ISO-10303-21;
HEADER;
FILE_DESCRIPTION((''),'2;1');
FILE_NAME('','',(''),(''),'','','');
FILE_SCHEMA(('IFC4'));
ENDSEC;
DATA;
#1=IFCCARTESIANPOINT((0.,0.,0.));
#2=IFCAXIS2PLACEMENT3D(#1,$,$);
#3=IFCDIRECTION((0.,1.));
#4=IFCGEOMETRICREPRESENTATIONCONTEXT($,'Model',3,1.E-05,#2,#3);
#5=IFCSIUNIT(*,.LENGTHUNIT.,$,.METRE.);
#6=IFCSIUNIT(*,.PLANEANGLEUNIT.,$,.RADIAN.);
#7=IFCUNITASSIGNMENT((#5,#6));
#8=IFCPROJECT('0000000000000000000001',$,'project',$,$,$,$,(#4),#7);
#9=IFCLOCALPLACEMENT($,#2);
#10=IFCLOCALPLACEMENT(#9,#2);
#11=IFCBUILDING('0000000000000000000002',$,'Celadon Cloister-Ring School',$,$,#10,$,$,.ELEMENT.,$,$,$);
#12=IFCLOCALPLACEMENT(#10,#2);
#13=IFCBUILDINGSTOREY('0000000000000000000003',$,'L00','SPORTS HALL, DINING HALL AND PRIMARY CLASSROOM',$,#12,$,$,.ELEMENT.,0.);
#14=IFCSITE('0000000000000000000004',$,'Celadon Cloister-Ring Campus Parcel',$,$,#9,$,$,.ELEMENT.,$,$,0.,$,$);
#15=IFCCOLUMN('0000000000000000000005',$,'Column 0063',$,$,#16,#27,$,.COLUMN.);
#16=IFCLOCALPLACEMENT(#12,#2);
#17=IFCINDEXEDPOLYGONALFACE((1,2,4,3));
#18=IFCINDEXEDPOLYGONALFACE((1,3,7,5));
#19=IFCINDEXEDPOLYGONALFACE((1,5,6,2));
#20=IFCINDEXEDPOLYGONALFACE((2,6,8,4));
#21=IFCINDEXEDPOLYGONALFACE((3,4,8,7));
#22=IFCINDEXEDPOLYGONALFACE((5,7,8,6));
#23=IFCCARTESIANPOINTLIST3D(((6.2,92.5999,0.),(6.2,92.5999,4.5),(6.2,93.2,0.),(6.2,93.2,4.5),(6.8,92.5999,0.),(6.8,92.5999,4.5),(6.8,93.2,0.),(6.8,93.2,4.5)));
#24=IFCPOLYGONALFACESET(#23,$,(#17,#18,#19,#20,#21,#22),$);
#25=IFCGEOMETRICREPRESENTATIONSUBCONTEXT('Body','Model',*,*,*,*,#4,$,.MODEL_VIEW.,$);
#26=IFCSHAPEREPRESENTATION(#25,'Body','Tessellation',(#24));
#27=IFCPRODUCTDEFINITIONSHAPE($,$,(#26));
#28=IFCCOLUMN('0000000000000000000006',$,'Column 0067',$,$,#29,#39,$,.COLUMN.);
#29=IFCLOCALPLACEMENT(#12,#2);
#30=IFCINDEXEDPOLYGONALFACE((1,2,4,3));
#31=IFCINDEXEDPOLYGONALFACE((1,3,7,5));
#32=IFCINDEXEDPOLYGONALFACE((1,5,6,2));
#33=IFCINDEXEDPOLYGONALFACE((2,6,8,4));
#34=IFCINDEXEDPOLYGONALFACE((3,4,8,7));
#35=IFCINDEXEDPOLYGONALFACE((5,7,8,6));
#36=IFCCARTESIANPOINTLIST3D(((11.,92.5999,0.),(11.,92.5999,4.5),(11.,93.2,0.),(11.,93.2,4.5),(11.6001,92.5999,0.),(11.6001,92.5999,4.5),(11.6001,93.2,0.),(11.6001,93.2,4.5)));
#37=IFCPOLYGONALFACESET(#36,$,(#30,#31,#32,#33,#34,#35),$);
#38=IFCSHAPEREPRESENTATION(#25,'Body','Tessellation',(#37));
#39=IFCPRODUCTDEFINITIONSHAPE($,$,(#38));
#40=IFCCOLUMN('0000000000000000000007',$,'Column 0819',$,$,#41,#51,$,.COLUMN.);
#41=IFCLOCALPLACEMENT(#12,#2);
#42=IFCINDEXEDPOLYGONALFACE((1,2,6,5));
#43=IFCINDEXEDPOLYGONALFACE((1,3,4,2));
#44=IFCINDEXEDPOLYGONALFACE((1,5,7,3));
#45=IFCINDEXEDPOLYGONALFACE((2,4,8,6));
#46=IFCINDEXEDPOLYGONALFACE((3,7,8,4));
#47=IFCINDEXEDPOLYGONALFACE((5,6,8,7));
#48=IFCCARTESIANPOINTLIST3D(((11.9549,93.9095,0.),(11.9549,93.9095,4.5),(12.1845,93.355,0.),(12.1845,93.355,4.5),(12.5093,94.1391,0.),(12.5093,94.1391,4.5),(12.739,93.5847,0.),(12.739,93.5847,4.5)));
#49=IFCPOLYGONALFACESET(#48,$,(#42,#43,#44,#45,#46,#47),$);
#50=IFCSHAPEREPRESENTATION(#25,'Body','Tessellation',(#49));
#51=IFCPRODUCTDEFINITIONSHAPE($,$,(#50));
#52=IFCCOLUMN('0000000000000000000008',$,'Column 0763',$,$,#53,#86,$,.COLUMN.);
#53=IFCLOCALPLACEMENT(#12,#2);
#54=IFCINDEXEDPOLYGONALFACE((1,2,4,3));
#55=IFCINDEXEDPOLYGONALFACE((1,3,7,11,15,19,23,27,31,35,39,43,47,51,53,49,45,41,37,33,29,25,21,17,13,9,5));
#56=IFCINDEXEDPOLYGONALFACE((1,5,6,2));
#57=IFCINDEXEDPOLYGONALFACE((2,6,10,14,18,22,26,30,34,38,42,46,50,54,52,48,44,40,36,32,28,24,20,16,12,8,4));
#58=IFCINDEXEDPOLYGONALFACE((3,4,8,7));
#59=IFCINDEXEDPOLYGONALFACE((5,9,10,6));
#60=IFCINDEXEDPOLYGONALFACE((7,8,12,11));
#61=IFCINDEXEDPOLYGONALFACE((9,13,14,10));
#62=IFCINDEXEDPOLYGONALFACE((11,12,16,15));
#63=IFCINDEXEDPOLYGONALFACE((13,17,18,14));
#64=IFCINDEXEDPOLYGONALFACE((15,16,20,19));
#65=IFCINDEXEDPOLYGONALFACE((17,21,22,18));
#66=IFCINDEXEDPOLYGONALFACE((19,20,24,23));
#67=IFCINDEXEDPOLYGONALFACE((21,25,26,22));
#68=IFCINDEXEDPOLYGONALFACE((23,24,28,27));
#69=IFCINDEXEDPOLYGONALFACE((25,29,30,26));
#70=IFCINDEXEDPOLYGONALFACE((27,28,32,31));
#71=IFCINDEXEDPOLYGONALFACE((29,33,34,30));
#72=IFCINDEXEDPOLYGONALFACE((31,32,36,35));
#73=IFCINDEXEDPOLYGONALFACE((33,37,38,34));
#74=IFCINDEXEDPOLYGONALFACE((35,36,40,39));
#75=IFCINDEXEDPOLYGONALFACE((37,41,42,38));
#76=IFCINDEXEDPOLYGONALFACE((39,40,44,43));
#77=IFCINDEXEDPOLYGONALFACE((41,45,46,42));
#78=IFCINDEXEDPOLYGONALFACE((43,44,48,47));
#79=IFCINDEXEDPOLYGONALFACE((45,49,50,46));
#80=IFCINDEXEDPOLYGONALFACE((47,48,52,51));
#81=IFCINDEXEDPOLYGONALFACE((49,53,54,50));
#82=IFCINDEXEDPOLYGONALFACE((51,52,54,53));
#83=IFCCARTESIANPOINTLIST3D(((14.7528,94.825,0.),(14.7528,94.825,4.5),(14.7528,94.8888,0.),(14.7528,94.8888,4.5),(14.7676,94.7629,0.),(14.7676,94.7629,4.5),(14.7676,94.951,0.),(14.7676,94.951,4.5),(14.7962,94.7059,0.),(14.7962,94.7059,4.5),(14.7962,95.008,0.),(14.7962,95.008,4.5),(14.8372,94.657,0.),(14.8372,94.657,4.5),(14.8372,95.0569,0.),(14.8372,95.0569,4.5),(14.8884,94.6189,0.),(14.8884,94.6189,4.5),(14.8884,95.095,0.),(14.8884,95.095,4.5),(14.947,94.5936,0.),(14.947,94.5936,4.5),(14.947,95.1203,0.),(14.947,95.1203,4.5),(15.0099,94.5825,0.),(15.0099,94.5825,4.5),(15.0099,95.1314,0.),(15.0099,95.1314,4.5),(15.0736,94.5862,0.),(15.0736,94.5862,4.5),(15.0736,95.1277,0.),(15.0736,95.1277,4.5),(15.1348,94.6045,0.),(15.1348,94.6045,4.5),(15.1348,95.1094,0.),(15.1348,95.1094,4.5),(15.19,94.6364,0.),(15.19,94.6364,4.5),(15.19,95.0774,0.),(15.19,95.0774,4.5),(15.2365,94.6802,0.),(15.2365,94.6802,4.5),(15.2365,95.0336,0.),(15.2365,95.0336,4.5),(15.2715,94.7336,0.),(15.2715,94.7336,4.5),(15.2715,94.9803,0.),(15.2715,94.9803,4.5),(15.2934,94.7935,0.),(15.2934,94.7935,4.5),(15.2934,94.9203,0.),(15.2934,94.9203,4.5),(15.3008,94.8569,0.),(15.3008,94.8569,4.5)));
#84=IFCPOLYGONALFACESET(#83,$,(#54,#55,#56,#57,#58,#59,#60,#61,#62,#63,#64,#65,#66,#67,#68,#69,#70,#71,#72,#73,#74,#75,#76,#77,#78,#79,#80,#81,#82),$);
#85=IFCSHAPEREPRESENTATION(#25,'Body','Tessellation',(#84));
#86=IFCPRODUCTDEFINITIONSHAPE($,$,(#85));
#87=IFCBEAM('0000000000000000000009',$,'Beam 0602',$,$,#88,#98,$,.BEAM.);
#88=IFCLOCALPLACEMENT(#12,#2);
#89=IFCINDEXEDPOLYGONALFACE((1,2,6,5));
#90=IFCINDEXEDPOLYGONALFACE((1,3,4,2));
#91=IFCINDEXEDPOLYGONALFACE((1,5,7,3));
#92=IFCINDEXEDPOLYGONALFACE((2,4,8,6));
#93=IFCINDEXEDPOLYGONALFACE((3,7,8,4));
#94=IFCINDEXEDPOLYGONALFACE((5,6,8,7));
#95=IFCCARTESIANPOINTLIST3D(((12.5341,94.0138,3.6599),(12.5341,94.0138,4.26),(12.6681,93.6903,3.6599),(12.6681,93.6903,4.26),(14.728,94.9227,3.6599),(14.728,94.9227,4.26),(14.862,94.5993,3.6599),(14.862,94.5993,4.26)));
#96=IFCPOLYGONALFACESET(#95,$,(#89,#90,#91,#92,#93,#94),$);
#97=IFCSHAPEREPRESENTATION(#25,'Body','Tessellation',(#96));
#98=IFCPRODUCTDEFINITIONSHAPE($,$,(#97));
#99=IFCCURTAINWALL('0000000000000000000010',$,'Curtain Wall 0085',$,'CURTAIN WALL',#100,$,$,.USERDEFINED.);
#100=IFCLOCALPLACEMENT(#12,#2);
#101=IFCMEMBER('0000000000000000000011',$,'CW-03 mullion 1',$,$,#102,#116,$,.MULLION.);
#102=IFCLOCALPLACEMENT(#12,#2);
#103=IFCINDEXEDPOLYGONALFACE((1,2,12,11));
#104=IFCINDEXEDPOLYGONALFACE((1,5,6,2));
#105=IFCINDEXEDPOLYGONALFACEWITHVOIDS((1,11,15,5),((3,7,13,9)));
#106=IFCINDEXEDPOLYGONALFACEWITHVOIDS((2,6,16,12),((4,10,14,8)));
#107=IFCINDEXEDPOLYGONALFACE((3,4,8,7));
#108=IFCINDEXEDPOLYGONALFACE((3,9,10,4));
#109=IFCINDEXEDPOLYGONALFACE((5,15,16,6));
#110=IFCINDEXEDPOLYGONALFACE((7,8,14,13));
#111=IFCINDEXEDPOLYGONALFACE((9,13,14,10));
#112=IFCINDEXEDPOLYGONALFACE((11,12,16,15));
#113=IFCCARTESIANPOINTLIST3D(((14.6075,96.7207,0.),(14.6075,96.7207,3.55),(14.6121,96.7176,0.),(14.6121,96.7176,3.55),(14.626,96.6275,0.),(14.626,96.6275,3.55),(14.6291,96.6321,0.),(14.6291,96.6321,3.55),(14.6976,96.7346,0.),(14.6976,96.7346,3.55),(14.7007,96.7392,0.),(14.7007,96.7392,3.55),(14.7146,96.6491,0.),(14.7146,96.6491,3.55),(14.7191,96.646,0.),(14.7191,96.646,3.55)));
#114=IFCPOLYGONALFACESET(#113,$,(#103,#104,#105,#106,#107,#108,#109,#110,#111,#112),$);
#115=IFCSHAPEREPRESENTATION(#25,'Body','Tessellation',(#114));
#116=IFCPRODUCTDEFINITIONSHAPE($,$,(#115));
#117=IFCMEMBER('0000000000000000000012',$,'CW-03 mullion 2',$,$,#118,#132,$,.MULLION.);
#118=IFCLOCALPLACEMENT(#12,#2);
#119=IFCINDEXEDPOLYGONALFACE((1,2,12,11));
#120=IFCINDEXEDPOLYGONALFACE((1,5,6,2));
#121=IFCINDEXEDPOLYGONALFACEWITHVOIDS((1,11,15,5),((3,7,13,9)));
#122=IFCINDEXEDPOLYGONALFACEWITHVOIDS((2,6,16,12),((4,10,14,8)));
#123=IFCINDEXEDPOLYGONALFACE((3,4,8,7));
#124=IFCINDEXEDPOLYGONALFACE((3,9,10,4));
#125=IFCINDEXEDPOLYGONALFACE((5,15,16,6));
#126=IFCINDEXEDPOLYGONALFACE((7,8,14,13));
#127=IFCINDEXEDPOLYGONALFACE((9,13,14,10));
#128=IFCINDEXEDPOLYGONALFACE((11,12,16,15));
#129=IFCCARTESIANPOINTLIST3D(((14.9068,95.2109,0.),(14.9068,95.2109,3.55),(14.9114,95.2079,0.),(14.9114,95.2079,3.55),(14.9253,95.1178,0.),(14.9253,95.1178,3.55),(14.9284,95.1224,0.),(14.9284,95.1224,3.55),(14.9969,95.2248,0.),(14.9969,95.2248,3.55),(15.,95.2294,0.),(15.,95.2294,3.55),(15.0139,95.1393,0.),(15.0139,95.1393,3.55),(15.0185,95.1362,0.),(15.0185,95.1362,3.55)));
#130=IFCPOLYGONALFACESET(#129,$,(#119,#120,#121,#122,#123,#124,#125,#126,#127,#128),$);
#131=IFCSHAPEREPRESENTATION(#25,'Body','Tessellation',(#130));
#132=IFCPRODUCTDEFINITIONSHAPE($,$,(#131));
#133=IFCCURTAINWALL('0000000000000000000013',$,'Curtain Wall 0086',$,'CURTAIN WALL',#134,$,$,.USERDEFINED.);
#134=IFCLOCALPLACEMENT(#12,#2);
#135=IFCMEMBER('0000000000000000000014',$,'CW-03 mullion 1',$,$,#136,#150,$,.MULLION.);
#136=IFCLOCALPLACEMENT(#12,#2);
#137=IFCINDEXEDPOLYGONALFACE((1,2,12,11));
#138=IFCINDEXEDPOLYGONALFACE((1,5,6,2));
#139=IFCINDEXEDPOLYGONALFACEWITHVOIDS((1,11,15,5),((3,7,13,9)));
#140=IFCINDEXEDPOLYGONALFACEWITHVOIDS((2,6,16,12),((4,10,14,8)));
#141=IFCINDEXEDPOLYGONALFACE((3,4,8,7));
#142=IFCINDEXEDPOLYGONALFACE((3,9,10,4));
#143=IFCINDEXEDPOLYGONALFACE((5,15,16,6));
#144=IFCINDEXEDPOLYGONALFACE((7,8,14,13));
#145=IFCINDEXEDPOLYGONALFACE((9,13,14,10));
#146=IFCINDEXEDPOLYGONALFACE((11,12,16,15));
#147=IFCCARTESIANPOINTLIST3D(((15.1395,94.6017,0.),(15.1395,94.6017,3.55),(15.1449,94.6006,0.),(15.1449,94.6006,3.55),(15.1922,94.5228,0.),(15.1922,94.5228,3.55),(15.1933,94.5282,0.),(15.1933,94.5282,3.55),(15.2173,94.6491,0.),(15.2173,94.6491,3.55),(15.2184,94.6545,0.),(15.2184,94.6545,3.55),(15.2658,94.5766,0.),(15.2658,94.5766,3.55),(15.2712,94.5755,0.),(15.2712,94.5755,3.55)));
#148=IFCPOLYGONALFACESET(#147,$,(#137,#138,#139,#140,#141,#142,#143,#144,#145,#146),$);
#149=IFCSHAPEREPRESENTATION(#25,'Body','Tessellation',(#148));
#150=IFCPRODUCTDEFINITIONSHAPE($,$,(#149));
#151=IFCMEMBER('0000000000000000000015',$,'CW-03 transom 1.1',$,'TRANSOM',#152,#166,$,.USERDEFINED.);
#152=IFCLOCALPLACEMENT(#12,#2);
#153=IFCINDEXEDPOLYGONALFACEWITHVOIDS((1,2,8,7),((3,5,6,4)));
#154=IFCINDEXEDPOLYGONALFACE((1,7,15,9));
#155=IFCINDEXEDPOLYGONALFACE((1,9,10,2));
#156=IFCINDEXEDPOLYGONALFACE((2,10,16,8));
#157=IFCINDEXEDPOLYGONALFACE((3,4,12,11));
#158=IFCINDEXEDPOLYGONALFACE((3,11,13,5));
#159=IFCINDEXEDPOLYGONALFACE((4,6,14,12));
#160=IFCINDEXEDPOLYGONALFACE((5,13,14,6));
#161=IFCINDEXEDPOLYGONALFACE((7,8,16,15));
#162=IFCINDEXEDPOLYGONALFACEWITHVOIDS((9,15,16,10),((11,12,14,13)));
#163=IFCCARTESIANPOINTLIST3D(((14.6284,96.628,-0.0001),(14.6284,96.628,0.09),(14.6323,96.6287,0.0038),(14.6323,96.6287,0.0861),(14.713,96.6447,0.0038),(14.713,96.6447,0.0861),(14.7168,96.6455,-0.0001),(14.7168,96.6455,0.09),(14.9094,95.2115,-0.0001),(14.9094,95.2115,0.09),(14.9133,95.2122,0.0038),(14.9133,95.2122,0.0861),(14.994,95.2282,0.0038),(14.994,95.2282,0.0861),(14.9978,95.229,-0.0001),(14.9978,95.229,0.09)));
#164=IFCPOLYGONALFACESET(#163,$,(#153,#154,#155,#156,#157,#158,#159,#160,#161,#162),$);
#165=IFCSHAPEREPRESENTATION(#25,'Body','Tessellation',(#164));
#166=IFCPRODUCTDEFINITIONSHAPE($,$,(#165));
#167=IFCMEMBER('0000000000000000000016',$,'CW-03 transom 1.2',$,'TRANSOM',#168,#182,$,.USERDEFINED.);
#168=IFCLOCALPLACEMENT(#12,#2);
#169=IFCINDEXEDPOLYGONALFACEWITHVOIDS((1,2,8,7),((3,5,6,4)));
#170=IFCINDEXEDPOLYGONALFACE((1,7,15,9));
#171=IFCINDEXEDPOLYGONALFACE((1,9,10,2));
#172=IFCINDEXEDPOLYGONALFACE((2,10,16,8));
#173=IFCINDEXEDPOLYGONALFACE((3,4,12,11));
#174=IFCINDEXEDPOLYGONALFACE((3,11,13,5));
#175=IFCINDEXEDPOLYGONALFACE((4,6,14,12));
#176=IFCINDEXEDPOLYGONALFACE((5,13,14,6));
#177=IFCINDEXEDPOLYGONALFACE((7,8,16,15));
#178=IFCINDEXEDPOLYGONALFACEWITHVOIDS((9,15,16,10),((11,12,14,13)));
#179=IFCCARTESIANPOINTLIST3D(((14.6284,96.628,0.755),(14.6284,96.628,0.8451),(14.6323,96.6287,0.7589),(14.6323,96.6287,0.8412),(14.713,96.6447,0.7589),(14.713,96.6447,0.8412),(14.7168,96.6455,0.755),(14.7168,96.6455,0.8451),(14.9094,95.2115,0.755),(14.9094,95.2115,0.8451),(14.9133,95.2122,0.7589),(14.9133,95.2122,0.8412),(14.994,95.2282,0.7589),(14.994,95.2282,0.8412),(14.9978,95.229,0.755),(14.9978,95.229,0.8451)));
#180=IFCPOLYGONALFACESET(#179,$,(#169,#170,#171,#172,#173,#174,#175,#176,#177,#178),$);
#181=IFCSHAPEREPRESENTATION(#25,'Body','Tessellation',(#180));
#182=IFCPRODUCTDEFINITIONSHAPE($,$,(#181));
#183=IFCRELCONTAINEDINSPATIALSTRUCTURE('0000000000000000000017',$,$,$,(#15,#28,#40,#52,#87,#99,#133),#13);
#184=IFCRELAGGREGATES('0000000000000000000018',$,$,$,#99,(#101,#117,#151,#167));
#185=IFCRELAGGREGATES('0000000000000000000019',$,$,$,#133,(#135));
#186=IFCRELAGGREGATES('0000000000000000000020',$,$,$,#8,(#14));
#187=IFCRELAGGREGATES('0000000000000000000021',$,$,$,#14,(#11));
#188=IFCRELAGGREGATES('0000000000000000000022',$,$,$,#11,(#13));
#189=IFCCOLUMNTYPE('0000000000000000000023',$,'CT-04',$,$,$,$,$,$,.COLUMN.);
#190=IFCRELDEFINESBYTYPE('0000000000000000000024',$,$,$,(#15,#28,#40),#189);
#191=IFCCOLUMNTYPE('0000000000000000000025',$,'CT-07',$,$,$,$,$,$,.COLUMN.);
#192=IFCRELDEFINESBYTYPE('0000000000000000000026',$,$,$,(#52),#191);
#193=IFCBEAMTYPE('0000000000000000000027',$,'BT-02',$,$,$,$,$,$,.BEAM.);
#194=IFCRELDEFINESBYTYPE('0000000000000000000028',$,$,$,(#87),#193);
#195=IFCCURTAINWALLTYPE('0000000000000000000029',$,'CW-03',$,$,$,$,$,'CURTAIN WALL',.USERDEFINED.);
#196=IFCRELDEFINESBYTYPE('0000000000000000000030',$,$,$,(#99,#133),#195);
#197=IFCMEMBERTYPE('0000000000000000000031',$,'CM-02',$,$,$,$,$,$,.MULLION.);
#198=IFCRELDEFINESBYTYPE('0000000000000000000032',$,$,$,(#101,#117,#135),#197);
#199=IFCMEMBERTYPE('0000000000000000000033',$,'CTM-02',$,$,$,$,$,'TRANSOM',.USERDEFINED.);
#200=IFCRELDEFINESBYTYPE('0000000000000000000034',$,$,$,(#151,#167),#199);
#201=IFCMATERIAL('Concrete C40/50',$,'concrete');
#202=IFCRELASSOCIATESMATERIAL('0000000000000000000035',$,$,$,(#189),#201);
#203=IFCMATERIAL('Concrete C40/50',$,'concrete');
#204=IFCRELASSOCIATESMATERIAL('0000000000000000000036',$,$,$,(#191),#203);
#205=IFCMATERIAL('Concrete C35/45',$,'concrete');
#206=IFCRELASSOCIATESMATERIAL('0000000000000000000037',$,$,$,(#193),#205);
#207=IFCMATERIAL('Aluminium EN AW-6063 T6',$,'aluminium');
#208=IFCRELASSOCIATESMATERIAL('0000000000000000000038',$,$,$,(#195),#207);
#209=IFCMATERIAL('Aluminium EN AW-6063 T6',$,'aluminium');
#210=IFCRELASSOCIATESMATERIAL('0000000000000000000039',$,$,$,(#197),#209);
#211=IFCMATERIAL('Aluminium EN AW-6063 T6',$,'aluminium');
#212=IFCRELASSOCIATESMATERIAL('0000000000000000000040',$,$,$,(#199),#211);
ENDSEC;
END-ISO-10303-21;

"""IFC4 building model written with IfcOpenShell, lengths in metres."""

from ifc_helpers import new_model, si_unit, direction, frame, origin, origin_2d, place, context, subcontext, project, spatial, rectangle, hollow_rectangle, circle, extrude, material, material_profile, profile_set, type_object, element, aggregate, save


model = new_model("IFC4")

# Units and contexts
model_context = context("Model", 3, precision=1e-05, world=origin(), true_north=direction((0.0, 1.0)))
body_context = subcontext(model_context, "Body", "Model", "MODEL_VIEW")
ifc_project = project(units=[si_unit("LENGTHUNIT", "METRE"), si_unit("PLANEANGLEUNIT", "RADIAN")], contexts=[model_context])

# Site, building, storey
site_placement = place(None, origin())
site = spatial("IfcSite", under=ifc_project, at=site_placement, Name="Celadon Cloister-Ring Campus Parcel", CompositionType="ELEMENT", RefElevation=0.0)
building_placement = place(site_placement, origin())
building = spatial("IfcBuilding", under=site, at=building_placement, Name="Celadon Cloister-Ring School", CompositionType="ELEMENT")
storey_placement = place(building_placement, origin())
storey = spatial("IfcBuildingStorey", under=building, at=storey_placement, Name="L00", Description="SPORTS HALL, DINING HALL AND PRIMARY CLASSROOM", CompositionType="ELEMENT", Elevation=0.0)

# Columns
ifc_material_1 = material(Name="Concrete C40/50", Category="concrete")
ifc_material_profile_1 = material_profile(ifc_material_1, rectangle(XDim=0.6001, YDim=0.6001, at=origin_2d()), Name="RC600X600")
ifc_profile_set_1 = profile_set([ifc_material_profile_1], Name="Concrete C40/50")
column_type_1 = type_object("IfcColumnType", Name="CT-04", PredefinedType="COLUMN", material=ifc_profile_set_1)
for number, where, z_axis, x_axis, name in (
    (1, (6.5, 92.8999, 0.0), (0.0, 0.0, 1.0), (1.0, 0.0, 0.0), "Column 0063"),
    (2, (11.3, 92.8999, 0.0), (0.0, 0.0, 1.0), (1.0, 0.0, 0.0), "Column 0067"),
    (3, (12.3469, 93.7471, 0.0), (0.0, 0.0, 1.0), (-0.92388, -0.382683, 0.0), "Column 0819"),
):
    element("IfcColumn", number, at=place(storey_placement, frame(where, z_axis=z_axis, x_axis=x_axis)), inside=storey, type_object=column_type_1, Name=name, PredefinedType="COLUMN", context=body_context, shape_type="SweptSolid", body=[
        extrude(rectangle(XDim=0.6001, YDim=0.6001, at=origin_2d()), origin(), (0.0, 0.0, 1.0), 4.5),
    ])
ifc_material_2 = material(Name="Concrete C40/50", Category="concrete")
ifc_material_profile_2 = material_profile(ifc_material_2, circle(Radius=0.2749, at=origin_2d()), Name="CIRC550")
ifc_profile_set_2 = profile_set([ifc_material_profile_2], Name="Concrete C40/50")
column_type_2 = type_object("IfcColumnType", Name="CT-07", PredefinedType="COLUMN", material=ifc_profile_set_2)
column_placement = place(storey_placement, frame((15.0259, 94.8569, 0.0), z_axis=(0.0, 0.0, 1.0), x_axis=(1.0, 0.0, 0.0)))
element("IfcColumn", 4, at=column_placement, inside=storey, type_object=column_type_2, Name="Column 0763", PredefinedType="COLUMN", context=body_context, shape_type="SweptSolid", body=[
    extrude(circle(Radius=0.2749, at=origin_2d()), origin(), (0.0, 0.0, 1.0), 4.5),
])

# Beam
ifc_material_3 = material(Name="Concrete C35/45", Category="concrete")
ifc_material_profile_3 = material_profile(ifc_material_3, rectangle(XDim=0.3501, YDim=0.6001, at=origin_2d()), Name="RC350X600")
ifc_profile_set_3 = profile_set([ifc_material_profile_3], Name="Concrete C35/45")
beam_type_1 = type_object("IfcBeamType", Name="BT-02", PredefinedType="BEAM", material=ifc_profile_set_3)
beam_1_placement = place(storey_placement, frame((12.6011, 93.8521, 3.96), z_axis=(0.923848, 0.38276, 0.0), x_axis=(-0.38276, 0.923848, 0.0)))
element("IfcBeam", 5, at=beam_1_placement, inside=storey, type_object=beam_type_1, Name="Beam 0602", PredefinedType="BEAM", context=body_context, shape_type="SweptSolid", body=[
    extrude(rectangle(XDim=0.3501, YDim=0.6001, at=origin_2d()), origin(), (0.0, 0.0, 1.0), 2.3748),
])

# Curtain wall, members
ifc_material_4 = material(Name="Aluminium EN AW-6063 T6", Category="aluminium")
curtain_wall_type = type_object("IfcCurtainWallType", Name="CW-03", ElementType="CURTAIN WALL", PredefinedType="USERDEFINED", material=ifc_material_4)
curtain_wall_1_placement = place(storey_placement, origin())
curtain_wall_1 = element("IfcCurtainWall", 6, at=curtain_wall_1_placement, inside=storey, type_object=curtain_wall_type, Name="Curtain Wall 0085", ObjectType="CURTAIN WALL", PredefinedType="USERDEFINED")
ifc_material_5 = material(Name="Aluminium EN AW-6063 T6", Category="aluminium")
ifc_material_profile_4 = material_profile(ifc_material_5, hollow_rectangle(XDim=0.095, YDim=0.095, WallThickness=0.0039, at=origin_2d()), Name="RHS95X95X4")
ifc_profile_set_4 = profile_set([ifc_material_profile_4], Name="Aluminium EN AW-6063 T6")
member_type_1 = type_object("IfcMemberType", Name="CM-02", PredefinedType="MULLION", material=ifc_profile_set_4)
member_1_placement = place(storey_placement, frame((14.6633, 96.6833, 0.0), z_axis=(0.0, 0.0, 1.0), x_axis=(0.980885, 0.194586, 0.0)))
member_1 = element("IfcMember", 7, at=member_1_placement, type_object=member_type_1, Name="CW-03 mullion 1", PredefinedType="MULLION", context=body_context, shape_type="SweptSolid", body=[
    extrude(hollow_rectangle(XDim=0.095, YDim=0.095, WallThickness=0.0039, at=origin_2d()), origin(), (0.0, 0.0, 1.0), 3.55),
])
member_2_placement = place(storey_placement, frame((14.9626, 95.1736, 0.0), z_axis=(0.0, 0.0, 1.0), x_axis=(0.980885, 0.194586, 0.0)))
member_2 = element("IfcMember", 8, at=member_2_placement, type_object=member_type_1, Name="CW-03 mullion 2", PredefinedType="MULLION", context=body_context, shape_type="SweptSolid", body=[
    extrude(hollow_rectangle(XDim=0.095, YDim=0.095, WallThickness=0.0039, at=origin_2d()), origin(), (0.0, 0.0, 1.0), 3.55),
])

# Curtain wall, member
curtain_wall_2_placement = place(storey_placement, origin())
curtain_wall_2 = element("IfcCurtainWall", 9, at=curtain_wall_2_placement, inside=storey, type_object=curtain_wall_type, Name="Curtain Wall 0086", ObjectType="CURTAIN WALL", PredefinedType="USERDEFINED")
member_3_placement = place(storey_placement, frame((15.2053, 94.5886, 0.0), z_axis=(0.0, 0.0, 1.0), x_axis=(0.831485, 0.555547, 0.0)))
member_3 = element("IfcMember", 10, at=member_3_placement, type_object=member_type_1, Name="CW-03 mullion 1", PredefinedType="MULLION", context=body_context, shape_type="SweptSolid", body=[
    extrude(hollow_rectangle(XDim=0.095, YDim=0.095, WallThickness=0.0039, at=origin_2d()), origin(), (0.0, 0.0, 1.0), 3.55),
])

# Members
ifc_material_6 = material(Name="Aluminium EN AW-6063 T6", Category="aluminium")
ifc_material_profile_5 = material_profile(ifc_material_6, hollow_rectangle(XDim=0.0901, YDim=0.0901, WallThickness=0.0039, at=origin_2d()), Name="RHS90X90X4")
ifc_profile_set_5 = profile_set([ifc_material_profile_5], Name="Aluminium EN AW-6063 T6")
member_type_2 = type_object("IfcMemberType", Name="CTM-02", ElementType="TRANSOM", PredefinedType="USERDEFINED", material=ifc_profile_set_5)
member_4_placement = place(storey_placement, frame((14.6726, 96.6367, 0.0449), z_axis=(0.194588, -0.980885, 0.0), x_axis=(0.980885, 0.194588, 0.0)))
member_4 = element("IfcMember", 11, at=member_4_placement, type_object=member_type_2, Name="CW-03 transom 1.1", ObjectType="TRANSOM", PredefinedType="USERDEFINED", context=body_context, shape_type="SweptSolid", body=[
    extrude(hollow_rectangle(XDim=0.0901, YDim=0.0901, WallThickness=0.0039, at=origin_2d()), origin(), (0.0, 0.0, 1.0), 1.4441),
])
member_5_placement = place(storey_placement, frame((14.6726, 96.6367, 0.8), z_axis=(0.194588, -0.980885, 0.0), x_axis=(0.980885, 0.194588, 0.0)))
member_5 = element("IfcMember", 12, at=member_5_placement, type_object=member_type_2, Name="CW-03 transom 1.2", ObjectType="TRANSOM", PredefinedType="USERDEFINED", context=body_context, shape_type="SweptSolid", body=[
    extrude(hollow_rectangle(XDim=0.0901, YDim=0.0901, WallThickness=0.0039, at=origin_2d()), origin(), (0.0, 0.0, 1.0), 1.4441),
])

aggregate(curtain_wall_1, [member_1, member_2, member_4, member_5])
aggregate(curtain_wall_2, [member_3])

save(model, "model.ifc")
